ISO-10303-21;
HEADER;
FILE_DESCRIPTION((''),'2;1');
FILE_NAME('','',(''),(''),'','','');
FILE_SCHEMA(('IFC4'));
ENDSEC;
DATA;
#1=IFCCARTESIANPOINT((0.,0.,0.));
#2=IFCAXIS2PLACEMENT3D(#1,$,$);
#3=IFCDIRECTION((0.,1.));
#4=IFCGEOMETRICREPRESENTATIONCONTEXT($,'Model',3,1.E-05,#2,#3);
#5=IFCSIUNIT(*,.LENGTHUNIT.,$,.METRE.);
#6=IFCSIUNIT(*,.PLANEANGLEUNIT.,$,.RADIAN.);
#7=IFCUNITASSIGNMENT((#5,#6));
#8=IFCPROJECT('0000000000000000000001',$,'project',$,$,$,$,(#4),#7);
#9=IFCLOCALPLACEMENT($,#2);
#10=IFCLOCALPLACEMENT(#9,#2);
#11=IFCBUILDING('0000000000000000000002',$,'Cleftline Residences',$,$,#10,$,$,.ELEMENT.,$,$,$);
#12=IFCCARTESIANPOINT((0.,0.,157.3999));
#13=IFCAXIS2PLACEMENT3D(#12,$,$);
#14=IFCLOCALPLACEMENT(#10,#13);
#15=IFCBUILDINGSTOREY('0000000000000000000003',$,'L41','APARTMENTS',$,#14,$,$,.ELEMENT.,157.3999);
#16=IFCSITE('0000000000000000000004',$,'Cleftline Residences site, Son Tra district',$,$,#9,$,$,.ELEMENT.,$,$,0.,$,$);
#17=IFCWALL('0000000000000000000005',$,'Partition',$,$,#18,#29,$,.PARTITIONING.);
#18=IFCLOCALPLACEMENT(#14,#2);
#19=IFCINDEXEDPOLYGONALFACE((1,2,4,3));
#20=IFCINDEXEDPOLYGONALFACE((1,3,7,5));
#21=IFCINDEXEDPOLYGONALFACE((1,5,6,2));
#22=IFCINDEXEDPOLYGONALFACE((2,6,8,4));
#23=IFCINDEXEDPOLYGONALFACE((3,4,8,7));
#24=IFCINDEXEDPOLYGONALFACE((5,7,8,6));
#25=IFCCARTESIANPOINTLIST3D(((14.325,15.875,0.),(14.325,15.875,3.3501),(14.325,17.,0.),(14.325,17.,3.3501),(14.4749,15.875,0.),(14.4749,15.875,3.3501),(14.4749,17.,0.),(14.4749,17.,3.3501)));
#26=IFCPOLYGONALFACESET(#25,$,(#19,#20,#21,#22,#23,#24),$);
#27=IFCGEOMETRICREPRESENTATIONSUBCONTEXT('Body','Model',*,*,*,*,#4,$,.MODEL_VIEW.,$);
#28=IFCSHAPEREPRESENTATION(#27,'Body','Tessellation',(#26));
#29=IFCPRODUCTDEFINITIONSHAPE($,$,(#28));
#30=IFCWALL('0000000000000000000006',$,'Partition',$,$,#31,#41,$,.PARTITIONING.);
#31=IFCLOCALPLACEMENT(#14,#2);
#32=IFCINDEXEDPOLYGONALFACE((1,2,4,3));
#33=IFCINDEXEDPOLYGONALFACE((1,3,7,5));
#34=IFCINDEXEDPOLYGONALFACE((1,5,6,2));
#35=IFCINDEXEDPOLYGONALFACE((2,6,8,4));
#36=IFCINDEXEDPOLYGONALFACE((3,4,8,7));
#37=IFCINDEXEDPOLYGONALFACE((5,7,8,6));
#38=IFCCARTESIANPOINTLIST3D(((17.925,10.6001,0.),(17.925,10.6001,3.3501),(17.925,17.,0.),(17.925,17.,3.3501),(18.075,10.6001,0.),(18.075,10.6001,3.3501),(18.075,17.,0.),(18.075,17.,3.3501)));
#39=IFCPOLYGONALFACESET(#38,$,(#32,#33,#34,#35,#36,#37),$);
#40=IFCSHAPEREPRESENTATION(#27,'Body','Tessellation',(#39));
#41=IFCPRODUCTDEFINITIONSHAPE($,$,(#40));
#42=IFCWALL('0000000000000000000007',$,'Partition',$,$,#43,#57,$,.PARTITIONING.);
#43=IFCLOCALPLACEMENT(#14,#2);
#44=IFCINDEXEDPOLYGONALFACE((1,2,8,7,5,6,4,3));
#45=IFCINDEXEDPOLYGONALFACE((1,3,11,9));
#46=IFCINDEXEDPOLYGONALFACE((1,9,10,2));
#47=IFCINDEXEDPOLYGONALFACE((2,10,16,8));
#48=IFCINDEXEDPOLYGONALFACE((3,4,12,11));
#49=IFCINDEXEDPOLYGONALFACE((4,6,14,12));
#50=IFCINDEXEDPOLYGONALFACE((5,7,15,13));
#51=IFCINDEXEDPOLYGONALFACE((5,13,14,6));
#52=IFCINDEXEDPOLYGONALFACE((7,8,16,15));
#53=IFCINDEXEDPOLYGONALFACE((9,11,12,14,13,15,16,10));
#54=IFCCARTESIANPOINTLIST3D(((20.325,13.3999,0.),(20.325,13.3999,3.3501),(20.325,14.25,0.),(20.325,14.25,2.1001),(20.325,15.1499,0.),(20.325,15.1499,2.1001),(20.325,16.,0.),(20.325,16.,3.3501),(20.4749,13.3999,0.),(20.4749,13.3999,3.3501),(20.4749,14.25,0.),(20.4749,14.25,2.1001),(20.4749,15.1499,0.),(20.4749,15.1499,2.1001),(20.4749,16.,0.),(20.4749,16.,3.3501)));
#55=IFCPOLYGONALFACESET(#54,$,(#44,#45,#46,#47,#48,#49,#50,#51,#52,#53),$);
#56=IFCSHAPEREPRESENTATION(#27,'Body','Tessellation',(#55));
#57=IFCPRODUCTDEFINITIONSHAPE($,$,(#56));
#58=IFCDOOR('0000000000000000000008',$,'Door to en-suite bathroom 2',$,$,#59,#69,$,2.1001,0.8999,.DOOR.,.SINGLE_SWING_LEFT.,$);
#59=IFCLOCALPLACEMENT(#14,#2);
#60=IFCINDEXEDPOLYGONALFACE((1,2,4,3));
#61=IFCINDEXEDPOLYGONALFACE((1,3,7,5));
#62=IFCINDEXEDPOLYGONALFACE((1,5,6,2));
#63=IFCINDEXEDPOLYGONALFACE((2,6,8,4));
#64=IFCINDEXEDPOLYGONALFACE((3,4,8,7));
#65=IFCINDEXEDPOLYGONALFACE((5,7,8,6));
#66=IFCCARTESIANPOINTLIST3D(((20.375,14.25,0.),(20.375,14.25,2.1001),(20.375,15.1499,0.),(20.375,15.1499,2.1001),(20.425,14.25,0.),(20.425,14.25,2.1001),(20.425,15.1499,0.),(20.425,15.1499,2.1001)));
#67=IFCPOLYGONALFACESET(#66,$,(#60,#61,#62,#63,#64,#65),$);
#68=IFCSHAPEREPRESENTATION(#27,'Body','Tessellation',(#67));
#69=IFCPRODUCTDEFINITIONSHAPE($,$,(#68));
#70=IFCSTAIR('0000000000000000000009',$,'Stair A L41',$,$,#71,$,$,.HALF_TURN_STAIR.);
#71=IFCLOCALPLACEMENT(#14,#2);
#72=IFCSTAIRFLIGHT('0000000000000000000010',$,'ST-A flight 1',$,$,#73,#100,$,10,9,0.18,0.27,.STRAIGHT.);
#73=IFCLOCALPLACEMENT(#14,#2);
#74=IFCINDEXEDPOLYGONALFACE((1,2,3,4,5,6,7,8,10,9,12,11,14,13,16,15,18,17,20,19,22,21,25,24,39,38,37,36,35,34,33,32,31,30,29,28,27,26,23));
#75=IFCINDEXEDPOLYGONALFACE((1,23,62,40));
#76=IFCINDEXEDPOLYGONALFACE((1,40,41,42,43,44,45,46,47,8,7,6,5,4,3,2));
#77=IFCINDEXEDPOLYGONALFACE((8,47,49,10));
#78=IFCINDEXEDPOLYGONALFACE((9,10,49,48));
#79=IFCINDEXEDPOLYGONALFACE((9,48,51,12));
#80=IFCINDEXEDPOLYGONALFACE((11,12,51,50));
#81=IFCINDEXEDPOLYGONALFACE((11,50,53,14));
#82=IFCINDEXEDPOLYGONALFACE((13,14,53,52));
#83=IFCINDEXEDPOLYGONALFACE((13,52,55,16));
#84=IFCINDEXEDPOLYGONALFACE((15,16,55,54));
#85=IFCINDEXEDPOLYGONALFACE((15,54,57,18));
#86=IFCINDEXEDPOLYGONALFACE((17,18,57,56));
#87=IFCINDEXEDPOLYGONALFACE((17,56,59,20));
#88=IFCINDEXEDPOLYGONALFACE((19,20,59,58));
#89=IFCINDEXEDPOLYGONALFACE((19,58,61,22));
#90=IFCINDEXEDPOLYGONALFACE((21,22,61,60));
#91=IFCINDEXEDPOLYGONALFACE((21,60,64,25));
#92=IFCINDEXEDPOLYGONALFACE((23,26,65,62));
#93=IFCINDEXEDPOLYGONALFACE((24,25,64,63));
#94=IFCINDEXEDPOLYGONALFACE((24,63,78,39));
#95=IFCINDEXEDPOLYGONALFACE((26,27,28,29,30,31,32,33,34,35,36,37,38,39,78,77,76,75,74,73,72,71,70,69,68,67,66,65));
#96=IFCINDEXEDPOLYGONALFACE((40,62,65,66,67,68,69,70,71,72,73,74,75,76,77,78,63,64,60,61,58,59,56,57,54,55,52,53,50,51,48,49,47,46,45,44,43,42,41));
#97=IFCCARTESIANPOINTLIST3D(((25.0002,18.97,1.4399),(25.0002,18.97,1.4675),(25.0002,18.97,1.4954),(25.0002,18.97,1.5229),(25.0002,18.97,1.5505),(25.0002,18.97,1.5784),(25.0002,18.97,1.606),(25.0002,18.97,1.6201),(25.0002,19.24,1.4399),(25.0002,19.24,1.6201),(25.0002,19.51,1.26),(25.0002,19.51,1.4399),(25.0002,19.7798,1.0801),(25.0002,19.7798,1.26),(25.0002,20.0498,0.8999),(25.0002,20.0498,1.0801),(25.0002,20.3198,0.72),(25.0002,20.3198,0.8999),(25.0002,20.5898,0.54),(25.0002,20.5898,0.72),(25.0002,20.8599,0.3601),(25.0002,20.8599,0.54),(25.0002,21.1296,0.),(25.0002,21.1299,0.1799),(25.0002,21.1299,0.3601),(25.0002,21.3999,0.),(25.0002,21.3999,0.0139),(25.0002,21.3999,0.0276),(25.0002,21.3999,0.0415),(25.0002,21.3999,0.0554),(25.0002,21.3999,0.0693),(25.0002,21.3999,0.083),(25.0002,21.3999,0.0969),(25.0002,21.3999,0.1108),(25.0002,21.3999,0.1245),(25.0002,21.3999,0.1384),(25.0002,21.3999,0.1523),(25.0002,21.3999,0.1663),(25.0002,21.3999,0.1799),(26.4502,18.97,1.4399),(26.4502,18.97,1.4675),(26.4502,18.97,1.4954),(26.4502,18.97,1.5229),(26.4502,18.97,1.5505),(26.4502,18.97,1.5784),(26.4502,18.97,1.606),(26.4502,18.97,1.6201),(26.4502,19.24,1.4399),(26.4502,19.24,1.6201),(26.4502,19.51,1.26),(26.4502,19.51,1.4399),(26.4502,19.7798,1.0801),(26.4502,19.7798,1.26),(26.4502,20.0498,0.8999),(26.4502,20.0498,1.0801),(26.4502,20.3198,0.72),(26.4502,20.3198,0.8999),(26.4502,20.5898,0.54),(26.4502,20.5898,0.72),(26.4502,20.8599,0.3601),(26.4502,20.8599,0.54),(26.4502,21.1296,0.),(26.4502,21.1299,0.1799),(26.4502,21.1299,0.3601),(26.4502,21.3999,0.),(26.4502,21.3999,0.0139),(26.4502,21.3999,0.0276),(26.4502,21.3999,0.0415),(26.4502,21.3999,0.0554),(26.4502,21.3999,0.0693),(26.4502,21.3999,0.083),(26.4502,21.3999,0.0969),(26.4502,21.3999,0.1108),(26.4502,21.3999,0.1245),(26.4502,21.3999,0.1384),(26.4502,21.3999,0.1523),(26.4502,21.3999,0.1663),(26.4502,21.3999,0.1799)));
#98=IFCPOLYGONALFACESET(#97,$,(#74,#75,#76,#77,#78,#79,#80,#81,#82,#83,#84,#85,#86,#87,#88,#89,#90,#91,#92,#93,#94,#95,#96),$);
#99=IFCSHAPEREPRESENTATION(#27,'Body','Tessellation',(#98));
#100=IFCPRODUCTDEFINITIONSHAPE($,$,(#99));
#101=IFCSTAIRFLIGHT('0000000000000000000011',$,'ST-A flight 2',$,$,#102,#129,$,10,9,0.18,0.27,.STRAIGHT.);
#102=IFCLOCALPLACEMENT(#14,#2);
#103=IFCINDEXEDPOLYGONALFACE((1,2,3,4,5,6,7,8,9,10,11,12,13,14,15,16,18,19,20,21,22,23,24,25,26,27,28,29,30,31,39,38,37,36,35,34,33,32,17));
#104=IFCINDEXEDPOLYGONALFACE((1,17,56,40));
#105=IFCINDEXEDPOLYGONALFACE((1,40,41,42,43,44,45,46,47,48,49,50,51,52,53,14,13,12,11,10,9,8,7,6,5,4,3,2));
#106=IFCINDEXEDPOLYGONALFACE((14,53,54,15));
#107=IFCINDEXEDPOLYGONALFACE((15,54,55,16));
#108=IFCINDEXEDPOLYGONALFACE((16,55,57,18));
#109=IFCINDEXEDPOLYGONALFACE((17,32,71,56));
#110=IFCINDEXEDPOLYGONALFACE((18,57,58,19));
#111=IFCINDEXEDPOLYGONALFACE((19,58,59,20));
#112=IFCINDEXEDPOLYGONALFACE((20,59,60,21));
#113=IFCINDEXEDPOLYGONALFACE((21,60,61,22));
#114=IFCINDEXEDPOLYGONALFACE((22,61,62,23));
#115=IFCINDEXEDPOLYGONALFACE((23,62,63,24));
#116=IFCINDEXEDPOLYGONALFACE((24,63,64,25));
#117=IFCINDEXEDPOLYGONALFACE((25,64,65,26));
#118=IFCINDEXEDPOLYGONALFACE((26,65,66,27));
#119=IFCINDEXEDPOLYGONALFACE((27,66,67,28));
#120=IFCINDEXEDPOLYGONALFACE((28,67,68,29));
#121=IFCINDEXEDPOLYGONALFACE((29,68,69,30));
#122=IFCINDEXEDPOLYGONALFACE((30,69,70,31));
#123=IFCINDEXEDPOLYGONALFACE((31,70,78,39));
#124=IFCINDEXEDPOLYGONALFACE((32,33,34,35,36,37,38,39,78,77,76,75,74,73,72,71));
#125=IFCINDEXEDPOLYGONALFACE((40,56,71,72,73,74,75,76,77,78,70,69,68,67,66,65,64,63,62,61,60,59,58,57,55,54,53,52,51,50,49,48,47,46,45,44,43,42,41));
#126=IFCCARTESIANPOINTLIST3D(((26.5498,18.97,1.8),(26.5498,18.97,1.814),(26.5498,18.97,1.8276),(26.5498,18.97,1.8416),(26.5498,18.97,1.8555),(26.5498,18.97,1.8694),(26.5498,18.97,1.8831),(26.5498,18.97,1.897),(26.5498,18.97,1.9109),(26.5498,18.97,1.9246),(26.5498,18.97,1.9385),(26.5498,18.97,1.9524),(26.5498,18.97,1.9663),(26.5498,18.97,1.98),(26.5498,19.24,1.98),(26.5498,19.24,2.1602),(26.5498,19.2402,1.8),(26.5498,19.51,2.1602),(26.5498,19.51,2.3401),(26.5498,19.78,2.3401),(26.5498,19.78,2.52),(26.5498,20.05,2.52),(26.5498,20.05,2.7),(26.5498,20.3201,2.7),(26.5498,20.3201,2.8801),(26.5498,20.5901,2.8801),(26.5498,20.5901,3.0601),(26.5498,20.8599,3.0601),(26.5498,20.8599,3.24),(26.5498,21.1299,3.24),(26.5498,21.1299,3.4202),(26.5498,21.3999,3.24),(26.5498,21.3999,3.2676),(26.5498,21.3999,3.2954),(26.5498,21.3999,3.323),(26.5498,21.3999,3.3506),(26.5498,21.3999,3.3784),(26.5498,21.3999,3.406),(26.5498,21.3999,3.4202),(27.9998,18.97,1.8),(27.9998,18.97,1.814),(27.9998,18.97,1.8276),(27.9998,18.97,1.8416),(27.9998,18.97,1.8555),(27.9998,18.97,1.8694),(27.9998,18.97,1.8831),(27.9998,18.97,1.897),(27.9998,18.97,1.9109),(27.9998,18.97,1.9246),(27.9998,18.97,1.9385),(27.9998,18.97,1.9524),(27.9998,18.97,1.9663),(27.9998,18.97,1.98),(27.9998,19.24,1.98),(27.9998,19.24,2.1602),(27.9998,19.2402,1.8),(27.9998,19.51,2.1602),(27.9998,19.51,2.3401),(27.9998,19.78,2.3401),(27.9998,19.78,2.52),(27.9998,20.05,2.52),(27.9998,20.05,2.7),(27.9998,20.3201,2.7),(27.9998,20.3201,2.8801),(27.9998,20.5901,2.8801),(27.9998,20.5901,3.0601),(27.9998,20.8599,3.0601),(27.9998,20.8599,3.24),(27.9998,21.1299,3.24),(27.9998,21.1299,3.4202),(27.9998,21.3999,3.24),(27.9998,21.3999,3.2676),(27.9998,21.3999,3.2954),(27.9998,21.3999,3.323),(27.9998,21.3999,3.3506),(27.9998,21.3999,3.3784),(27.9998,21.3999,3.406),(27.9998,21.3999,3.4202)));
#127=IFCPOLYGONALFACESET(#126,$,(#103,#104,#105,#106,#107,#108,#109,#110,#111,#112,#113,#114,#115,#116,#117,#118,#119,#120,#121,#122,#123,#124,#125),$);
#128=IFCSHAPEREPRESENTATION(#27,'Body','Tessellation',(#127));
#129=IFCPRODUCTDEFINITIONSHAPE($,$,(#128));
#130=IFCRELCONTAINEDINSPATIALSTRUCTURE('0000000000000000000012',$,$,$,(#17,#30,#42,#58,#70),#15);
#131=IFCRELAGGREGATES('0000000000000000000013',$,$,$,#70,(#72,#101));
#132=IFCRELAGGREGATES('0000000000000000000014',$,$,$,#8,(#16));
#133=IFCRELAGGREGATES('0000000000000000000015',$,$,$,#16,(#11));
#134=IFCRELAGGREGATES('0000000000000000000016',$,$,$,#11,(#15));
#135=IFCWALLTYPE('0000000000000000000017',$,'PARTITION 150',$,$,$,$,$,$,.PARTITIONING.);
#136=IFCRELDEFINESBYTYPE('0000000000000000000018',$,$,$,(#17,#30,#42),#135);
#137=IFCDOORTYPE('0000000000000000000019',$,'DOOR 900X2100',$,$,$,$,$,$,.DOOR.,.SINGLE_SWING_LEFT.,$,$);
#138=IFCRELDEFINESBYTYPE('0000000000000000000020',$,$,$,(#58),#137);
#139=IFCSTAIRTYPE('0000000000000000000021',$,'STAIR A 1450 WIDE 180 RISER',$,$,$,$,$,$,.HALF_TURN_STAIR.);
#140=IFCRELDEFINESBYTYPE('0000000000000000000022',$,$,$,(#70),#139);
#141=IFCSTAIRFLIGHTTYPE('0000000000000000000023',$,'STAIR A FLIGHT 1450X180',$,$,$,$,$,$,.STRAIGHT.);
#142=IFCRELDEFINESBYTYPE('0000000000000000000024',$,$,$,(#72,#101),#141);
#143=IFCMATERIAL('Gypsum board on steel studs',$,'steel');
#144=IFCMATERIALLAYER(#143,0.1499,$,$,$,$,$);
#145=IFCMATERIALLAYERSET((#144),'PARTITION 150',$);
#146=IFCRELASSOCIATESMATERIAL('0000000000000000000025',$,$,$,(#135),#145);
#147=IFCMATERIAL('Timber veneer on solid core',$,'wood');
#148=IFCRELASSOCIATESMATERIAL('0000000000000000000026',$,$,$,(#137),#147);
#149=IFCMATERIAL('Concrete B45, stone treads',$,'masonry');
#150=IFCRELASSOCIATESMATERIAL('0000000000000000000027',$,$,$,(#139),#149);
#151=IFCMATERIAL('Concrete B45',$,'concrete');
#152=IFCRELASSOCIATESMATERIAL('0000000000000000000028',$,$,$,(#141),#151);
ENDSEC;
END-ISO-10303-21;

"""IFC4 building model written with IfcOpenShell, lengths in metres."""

from ifc_helpers import new_model, si_unit, direction, frame, frame_2d, origin, place, context, subcontext, project, spatial, polyline, rectangle, outline, extrude, material, layer, layer_set, type_object, element, fill, aggregate, save


model = new_model("IFC4")

# Units and contexts
model_context = context("Model", 3, precision=1e-05, world=origin(), true_north=direction((0.0, 1.0)))
body_context = subcontext(model_context, "Body", "Model", "MODEL_VIEW")
ifc_project = project(units=[si_unit("LENGTHUNIT", "METRE"), si_unit("PLANEANGLEUNIT", "RADIAN")], contexts=[model_context])

# Site, building, storey
site_placement = place(None, origin())
site = spatial("IfcSite", under=ifc_project, at=site_placement, Name="Cleftline Residences site, Son Tra district", CompositionType="ELEMENT", RefElevation=0.0)
building_placement = place(site_placement, origin())
building = spatial("IfcBuilding", under=site, at=building_placement, Name="Cleftline Residences", CompositionType="ELEMENT")
storey_placement = place(building_placement, frame((0.0, 0.0, 157.3999)))
storey = spatial("IfcBuildingStorey", under=building, at=storey_placement, Name="L41", Description="APARTMENTS", CompositionType="ELEMENT", Elevation=157.3999)

# Shared definitions
ifc_material_1 = material(Name="Gypsum board on steel studs", Category="steel")
ifc_layer_1 = layer(ifc_material_1, 0.1499)
ifc_layer_set_1 = layer_set([ifc_layer_1], Name="PARTITION 150")
wall_type_1 = type_object("IfcWallType", Name="PARTITION 150", PredefinedType="PARTITIONING", material=ifc_layer_set_1)

# Walls
wall_1_placement = place(storey_placement, frame((14.3999, 15.875, 0.0), z_axis=(0.0, 0.0, 1.0), x_axis=(0.0, 1.0, 0.0)))
element("IfcWall", 1, at=wall_1_placement, inside=storey, type_object=wall_type_1, Name="Partition", PredefinedType="PARTITIONING", context=body_context, shape_type="SweptSolid", body=[
    extrude(rectangle(XDim=1.125, YDim=0.1499, at=frame_2d((0.5625, 0.0))), origin(), (0.0, 0.0, 1.0), 3.3501),
])
wall_2_placement = place(storey_placement, frame((18.0, 10.6001, 0.0), z_axis=(0.0, 0.0, 1.0), x_axis=(0.0, 1.0, 0.0)))
element("IfcWall", 2, at=wall_2_placement, inside=storey, type_object=wall_type_1, Name="Partition", PredefinedType="PARTITIONING", context=body_context, shape_type="SweptSolid", body=[
    extrude(rectangle(XDim=6.3999, YDim=0.1499, at=frame_2d((3.2, 0.0))), origin(), (0.0, 0.0, 1.0), 3.3501),
])

# Wall, opening, door
wall_3_placement = place(storey_placement, frame((20.3999, 13.3999, 0.0), z_axis=(0.0, 0.0, 1.0), x_axis=(0.0, 1.0, 0.0)))
wall_3 = element("IfcWall", 3, at=wall_3_placement, inside=storey, type_object=wall_type_1, Name="Partition", PredefinedType="PARTITIONING", context=body_context, shape_type="SweptSolid", body=[
    extrude(rectangle(XDim=2.6001, YDim=0.1499, at=frame_2d((1.3, 0.0))), origin(), (0.0, 0.0, 1.0), 3.3501),
])
opening_1_placement = place(wall_3_placement, frame((0.8501, 0.0, 0.0)))
opening_1 = element("IfcOpeningElement", 4, at=opening_1_placement, cuts=wall_3, PredefinedType="OPENING", context=body_context, shape_type="SweptSolid", body=[
    extrude(rectangle(XDim=0.8999, YDim=2.1001, at=frame_2d((0.45, 1.05))), frame((0.0, 0.085, 0.0), z_axis=(0.0, -1.0, 0.0), x_axis=(1.0, 0.0, 0.0)), (0.0, 0.0, 1.0), 0.1699),
])
ifc_material_2 = material(Name="Timber veneer on solid core", Category="wood")
door_type_1 = type_object("IfcDoorType", Name="DOOR 900X2100", OperationType="SINGLE_SWING_LEFT", PredefinedType="DOOR", material=ifc_material_2)
door_1_placement = place(opening_1_placement, origin())
door_1 = element("IfcDoor", 5, at=door_1_placement, inside=storey, type_object=door_type_1, Name="Door to en-suite bathroom 2", OperationType="SINGLE_SWING_LEFT", OverallHeight=2.1001, OverallWidth=0.8999, PredefinedType="DOOR", context=body_context, shape_type="SweptSolid", body=[
    extrude(rectangle(XDim=0.8999, YDim=2.1001, at=frame_2d((0.45, 1.05))), frame((0.0, 0.0249, 0.0), z_axis=(0.0, -1.0, 0.0), x_axis=(1.0, 0.0, 0.0)), (0.0, 0.0, 1.0), 0.05),
])
fill(opening_1, door_1)

# Stair, stair flights
ifc_material_3 = material(Name="Concrete B45, stone treads", Category="masonry")
stair_type = type_object("IfcStairType", Name="STAIR A 1450 WIDE 180 RISER", PredefinedType="HALF_TURN_STAIR", material=ifc_material_3)
stair_placement = place(storey_placement, origin())
stair = element("IfcStair", 6, at=stair_placement, inside=storey, type_object=stair_type, Name="Stair A L41", PredefinedType="HALF_TURN_STAIR")
ifc_material_4 = material(Name="Concrete B45", Category="concrete")
stair_flight_type = type_object("IfcStairFlightType", Name="STAIR A FLIGHT 1450X180", PredefinedType="STRAIGHT", material=ifc_material_4)
stair_flight_1_placement = place(storey_placement, frame((25.7251, 21.3999, 0.0), z_axis=(0.0, 0.0, 1.0), x_axis=(0.0, -1.0, 0.0)))
stair_flight_1 = element("IfcStairFlight", 7, at=stair_flight_1_placement, type_object=stair_flight_type, Name="ST-A flight 1", NumberOfRisers=10, NumberOfTreads=9, PredefinedType="STRAIGHT", RiserHeight=0.18, TreadLength=0.27, context=body_context, shape_type="SweptSolid", body=[
    extrude(outline(polyline([(0.0, 0.0), (0.0, 0.0139), (0.0, 0.0276), (0.0, 0.0415), (0.0, 0.0554), (0.0, 0.0693), (0.0, 0.083), (0.0, 0.0969), (0.0, 0.1108), (0.0, 0.1245), (0.0, 0.1384), (0.0, 0.1523), (0.0, 0.1663), (0.0, 0.1799), (0.27, 0.1799), (0.27, 0.3601), (0.54, 0.3601), (0.54, 0.54), (0.8101, 0.54), (0.8101, 0.72), (1.0801, 0.72), (1.0801, 0.8999), (1.3501, 0.8999), (1.3501, 1.0801), (1.6201, 1.0801), (1.6201, 1.26), (1.8899, 1.26), (1.8899, 1.4399), (2.1599, 1.4399), (2.1599, 1.6201), (2.4299, 1.6201), (2.4299, 1.8), (2.4299, 1.7722), (2.4299, 1.7446), (2.4299, 1.7168), (2.4299, 1.6892), (2.4299, 1.6614), (2.4299, 1.6338), (2.4299, 1.606), (2.4299, 1.5784), (2.4299, 1.5505), (2.4299, 1.5229), (2.4299, 1.4954), (2.4299, 1.4675), (2.4299, 1.4399), (0.2703, 0.0), (0.0, 0.0)])), frame((0.0, 0.7251, 0.0), z_axis=(0.0, -1.0, 0.0), x_axis=(1.0, 0.0, 0.0)), (0.0, 0.0, 1.0), 1.45),
])
stair_flight_2_placement = place(storey_placement, frame((27.2749, 18.97, 1.8), z_axis=(0.0, 0.0, 1.0), x_axis=(0.0, 1.0, 0.0)))
stair_flight_2 = element("IfcStairFlight", 8, at=stair_flight_2_placement, type_object=stair_flight_type, Name="ST-A flight 2", NumberOfRisers=10, NumberOfTreads=9, PredefinedType="STRAIGHT", RiserHeight=0.18, TreadLength=0.27, context=body_context, shape_type="SweptSolid", body=[
    extrude(outline(polyline([(0.0, 0.0), (0.0, 0.0139), (0.0, 0.0276), (0.0, 0.0415), (0.0, 0.0554), (0.0, 0.0693), (0.0, 0.083), (0.0, 0.0969), (0.0, 0.1108), (0.0, 0.1245), (0.0, 0.1384), (0.0, 0.1523), (0.0, 0.1663), (0.0, 0.1799), (0.27, 0.1799), (0.27, 0.3601), (0.54, 0.3601), (0.54, 0.54), (0.8101, 0.54), (0.8101, 0.72), (1.0801, 0.72), (1.0801, 0.8999), (1.3501, 0.8999), (1.3501, 1.0801), (1.6201, 1.0801), (1.6201, 1.26), (1.8899, 1.26), (1.8899, 1.4399), (2.1599, 1.4399), (2.1599, 1.6201), (2.4299, 1.6201), (2.4299, 1.8), (2.4299, 1.7722), (2.4299, 1.7446), (2.4299, 1.7168), (2.4299, 1.6892), (2.4299, 1.6614), (2.4299, 1.6338), (2.4299, 1.606), (2.4299, 1.5784), (2.4299, 1.5505), (2.4299, 1.5229), (2.4299, 1.4954), (2.4299, 1.4675), (2.4299, 1.4399), (0.2703, 0.0), (0.0, 0.0)])), frame((0.0, 0.7251, 0.0), z_axis=(0.0, -1.0, 0.0), x_axis=(1.0, 0.0, 0.0)), (0.0, 0.0, 1.0), 1.45),
])
aggregate(stair, [stair_flight_1, stair_flight_2])

save(model, "model.ifc")
